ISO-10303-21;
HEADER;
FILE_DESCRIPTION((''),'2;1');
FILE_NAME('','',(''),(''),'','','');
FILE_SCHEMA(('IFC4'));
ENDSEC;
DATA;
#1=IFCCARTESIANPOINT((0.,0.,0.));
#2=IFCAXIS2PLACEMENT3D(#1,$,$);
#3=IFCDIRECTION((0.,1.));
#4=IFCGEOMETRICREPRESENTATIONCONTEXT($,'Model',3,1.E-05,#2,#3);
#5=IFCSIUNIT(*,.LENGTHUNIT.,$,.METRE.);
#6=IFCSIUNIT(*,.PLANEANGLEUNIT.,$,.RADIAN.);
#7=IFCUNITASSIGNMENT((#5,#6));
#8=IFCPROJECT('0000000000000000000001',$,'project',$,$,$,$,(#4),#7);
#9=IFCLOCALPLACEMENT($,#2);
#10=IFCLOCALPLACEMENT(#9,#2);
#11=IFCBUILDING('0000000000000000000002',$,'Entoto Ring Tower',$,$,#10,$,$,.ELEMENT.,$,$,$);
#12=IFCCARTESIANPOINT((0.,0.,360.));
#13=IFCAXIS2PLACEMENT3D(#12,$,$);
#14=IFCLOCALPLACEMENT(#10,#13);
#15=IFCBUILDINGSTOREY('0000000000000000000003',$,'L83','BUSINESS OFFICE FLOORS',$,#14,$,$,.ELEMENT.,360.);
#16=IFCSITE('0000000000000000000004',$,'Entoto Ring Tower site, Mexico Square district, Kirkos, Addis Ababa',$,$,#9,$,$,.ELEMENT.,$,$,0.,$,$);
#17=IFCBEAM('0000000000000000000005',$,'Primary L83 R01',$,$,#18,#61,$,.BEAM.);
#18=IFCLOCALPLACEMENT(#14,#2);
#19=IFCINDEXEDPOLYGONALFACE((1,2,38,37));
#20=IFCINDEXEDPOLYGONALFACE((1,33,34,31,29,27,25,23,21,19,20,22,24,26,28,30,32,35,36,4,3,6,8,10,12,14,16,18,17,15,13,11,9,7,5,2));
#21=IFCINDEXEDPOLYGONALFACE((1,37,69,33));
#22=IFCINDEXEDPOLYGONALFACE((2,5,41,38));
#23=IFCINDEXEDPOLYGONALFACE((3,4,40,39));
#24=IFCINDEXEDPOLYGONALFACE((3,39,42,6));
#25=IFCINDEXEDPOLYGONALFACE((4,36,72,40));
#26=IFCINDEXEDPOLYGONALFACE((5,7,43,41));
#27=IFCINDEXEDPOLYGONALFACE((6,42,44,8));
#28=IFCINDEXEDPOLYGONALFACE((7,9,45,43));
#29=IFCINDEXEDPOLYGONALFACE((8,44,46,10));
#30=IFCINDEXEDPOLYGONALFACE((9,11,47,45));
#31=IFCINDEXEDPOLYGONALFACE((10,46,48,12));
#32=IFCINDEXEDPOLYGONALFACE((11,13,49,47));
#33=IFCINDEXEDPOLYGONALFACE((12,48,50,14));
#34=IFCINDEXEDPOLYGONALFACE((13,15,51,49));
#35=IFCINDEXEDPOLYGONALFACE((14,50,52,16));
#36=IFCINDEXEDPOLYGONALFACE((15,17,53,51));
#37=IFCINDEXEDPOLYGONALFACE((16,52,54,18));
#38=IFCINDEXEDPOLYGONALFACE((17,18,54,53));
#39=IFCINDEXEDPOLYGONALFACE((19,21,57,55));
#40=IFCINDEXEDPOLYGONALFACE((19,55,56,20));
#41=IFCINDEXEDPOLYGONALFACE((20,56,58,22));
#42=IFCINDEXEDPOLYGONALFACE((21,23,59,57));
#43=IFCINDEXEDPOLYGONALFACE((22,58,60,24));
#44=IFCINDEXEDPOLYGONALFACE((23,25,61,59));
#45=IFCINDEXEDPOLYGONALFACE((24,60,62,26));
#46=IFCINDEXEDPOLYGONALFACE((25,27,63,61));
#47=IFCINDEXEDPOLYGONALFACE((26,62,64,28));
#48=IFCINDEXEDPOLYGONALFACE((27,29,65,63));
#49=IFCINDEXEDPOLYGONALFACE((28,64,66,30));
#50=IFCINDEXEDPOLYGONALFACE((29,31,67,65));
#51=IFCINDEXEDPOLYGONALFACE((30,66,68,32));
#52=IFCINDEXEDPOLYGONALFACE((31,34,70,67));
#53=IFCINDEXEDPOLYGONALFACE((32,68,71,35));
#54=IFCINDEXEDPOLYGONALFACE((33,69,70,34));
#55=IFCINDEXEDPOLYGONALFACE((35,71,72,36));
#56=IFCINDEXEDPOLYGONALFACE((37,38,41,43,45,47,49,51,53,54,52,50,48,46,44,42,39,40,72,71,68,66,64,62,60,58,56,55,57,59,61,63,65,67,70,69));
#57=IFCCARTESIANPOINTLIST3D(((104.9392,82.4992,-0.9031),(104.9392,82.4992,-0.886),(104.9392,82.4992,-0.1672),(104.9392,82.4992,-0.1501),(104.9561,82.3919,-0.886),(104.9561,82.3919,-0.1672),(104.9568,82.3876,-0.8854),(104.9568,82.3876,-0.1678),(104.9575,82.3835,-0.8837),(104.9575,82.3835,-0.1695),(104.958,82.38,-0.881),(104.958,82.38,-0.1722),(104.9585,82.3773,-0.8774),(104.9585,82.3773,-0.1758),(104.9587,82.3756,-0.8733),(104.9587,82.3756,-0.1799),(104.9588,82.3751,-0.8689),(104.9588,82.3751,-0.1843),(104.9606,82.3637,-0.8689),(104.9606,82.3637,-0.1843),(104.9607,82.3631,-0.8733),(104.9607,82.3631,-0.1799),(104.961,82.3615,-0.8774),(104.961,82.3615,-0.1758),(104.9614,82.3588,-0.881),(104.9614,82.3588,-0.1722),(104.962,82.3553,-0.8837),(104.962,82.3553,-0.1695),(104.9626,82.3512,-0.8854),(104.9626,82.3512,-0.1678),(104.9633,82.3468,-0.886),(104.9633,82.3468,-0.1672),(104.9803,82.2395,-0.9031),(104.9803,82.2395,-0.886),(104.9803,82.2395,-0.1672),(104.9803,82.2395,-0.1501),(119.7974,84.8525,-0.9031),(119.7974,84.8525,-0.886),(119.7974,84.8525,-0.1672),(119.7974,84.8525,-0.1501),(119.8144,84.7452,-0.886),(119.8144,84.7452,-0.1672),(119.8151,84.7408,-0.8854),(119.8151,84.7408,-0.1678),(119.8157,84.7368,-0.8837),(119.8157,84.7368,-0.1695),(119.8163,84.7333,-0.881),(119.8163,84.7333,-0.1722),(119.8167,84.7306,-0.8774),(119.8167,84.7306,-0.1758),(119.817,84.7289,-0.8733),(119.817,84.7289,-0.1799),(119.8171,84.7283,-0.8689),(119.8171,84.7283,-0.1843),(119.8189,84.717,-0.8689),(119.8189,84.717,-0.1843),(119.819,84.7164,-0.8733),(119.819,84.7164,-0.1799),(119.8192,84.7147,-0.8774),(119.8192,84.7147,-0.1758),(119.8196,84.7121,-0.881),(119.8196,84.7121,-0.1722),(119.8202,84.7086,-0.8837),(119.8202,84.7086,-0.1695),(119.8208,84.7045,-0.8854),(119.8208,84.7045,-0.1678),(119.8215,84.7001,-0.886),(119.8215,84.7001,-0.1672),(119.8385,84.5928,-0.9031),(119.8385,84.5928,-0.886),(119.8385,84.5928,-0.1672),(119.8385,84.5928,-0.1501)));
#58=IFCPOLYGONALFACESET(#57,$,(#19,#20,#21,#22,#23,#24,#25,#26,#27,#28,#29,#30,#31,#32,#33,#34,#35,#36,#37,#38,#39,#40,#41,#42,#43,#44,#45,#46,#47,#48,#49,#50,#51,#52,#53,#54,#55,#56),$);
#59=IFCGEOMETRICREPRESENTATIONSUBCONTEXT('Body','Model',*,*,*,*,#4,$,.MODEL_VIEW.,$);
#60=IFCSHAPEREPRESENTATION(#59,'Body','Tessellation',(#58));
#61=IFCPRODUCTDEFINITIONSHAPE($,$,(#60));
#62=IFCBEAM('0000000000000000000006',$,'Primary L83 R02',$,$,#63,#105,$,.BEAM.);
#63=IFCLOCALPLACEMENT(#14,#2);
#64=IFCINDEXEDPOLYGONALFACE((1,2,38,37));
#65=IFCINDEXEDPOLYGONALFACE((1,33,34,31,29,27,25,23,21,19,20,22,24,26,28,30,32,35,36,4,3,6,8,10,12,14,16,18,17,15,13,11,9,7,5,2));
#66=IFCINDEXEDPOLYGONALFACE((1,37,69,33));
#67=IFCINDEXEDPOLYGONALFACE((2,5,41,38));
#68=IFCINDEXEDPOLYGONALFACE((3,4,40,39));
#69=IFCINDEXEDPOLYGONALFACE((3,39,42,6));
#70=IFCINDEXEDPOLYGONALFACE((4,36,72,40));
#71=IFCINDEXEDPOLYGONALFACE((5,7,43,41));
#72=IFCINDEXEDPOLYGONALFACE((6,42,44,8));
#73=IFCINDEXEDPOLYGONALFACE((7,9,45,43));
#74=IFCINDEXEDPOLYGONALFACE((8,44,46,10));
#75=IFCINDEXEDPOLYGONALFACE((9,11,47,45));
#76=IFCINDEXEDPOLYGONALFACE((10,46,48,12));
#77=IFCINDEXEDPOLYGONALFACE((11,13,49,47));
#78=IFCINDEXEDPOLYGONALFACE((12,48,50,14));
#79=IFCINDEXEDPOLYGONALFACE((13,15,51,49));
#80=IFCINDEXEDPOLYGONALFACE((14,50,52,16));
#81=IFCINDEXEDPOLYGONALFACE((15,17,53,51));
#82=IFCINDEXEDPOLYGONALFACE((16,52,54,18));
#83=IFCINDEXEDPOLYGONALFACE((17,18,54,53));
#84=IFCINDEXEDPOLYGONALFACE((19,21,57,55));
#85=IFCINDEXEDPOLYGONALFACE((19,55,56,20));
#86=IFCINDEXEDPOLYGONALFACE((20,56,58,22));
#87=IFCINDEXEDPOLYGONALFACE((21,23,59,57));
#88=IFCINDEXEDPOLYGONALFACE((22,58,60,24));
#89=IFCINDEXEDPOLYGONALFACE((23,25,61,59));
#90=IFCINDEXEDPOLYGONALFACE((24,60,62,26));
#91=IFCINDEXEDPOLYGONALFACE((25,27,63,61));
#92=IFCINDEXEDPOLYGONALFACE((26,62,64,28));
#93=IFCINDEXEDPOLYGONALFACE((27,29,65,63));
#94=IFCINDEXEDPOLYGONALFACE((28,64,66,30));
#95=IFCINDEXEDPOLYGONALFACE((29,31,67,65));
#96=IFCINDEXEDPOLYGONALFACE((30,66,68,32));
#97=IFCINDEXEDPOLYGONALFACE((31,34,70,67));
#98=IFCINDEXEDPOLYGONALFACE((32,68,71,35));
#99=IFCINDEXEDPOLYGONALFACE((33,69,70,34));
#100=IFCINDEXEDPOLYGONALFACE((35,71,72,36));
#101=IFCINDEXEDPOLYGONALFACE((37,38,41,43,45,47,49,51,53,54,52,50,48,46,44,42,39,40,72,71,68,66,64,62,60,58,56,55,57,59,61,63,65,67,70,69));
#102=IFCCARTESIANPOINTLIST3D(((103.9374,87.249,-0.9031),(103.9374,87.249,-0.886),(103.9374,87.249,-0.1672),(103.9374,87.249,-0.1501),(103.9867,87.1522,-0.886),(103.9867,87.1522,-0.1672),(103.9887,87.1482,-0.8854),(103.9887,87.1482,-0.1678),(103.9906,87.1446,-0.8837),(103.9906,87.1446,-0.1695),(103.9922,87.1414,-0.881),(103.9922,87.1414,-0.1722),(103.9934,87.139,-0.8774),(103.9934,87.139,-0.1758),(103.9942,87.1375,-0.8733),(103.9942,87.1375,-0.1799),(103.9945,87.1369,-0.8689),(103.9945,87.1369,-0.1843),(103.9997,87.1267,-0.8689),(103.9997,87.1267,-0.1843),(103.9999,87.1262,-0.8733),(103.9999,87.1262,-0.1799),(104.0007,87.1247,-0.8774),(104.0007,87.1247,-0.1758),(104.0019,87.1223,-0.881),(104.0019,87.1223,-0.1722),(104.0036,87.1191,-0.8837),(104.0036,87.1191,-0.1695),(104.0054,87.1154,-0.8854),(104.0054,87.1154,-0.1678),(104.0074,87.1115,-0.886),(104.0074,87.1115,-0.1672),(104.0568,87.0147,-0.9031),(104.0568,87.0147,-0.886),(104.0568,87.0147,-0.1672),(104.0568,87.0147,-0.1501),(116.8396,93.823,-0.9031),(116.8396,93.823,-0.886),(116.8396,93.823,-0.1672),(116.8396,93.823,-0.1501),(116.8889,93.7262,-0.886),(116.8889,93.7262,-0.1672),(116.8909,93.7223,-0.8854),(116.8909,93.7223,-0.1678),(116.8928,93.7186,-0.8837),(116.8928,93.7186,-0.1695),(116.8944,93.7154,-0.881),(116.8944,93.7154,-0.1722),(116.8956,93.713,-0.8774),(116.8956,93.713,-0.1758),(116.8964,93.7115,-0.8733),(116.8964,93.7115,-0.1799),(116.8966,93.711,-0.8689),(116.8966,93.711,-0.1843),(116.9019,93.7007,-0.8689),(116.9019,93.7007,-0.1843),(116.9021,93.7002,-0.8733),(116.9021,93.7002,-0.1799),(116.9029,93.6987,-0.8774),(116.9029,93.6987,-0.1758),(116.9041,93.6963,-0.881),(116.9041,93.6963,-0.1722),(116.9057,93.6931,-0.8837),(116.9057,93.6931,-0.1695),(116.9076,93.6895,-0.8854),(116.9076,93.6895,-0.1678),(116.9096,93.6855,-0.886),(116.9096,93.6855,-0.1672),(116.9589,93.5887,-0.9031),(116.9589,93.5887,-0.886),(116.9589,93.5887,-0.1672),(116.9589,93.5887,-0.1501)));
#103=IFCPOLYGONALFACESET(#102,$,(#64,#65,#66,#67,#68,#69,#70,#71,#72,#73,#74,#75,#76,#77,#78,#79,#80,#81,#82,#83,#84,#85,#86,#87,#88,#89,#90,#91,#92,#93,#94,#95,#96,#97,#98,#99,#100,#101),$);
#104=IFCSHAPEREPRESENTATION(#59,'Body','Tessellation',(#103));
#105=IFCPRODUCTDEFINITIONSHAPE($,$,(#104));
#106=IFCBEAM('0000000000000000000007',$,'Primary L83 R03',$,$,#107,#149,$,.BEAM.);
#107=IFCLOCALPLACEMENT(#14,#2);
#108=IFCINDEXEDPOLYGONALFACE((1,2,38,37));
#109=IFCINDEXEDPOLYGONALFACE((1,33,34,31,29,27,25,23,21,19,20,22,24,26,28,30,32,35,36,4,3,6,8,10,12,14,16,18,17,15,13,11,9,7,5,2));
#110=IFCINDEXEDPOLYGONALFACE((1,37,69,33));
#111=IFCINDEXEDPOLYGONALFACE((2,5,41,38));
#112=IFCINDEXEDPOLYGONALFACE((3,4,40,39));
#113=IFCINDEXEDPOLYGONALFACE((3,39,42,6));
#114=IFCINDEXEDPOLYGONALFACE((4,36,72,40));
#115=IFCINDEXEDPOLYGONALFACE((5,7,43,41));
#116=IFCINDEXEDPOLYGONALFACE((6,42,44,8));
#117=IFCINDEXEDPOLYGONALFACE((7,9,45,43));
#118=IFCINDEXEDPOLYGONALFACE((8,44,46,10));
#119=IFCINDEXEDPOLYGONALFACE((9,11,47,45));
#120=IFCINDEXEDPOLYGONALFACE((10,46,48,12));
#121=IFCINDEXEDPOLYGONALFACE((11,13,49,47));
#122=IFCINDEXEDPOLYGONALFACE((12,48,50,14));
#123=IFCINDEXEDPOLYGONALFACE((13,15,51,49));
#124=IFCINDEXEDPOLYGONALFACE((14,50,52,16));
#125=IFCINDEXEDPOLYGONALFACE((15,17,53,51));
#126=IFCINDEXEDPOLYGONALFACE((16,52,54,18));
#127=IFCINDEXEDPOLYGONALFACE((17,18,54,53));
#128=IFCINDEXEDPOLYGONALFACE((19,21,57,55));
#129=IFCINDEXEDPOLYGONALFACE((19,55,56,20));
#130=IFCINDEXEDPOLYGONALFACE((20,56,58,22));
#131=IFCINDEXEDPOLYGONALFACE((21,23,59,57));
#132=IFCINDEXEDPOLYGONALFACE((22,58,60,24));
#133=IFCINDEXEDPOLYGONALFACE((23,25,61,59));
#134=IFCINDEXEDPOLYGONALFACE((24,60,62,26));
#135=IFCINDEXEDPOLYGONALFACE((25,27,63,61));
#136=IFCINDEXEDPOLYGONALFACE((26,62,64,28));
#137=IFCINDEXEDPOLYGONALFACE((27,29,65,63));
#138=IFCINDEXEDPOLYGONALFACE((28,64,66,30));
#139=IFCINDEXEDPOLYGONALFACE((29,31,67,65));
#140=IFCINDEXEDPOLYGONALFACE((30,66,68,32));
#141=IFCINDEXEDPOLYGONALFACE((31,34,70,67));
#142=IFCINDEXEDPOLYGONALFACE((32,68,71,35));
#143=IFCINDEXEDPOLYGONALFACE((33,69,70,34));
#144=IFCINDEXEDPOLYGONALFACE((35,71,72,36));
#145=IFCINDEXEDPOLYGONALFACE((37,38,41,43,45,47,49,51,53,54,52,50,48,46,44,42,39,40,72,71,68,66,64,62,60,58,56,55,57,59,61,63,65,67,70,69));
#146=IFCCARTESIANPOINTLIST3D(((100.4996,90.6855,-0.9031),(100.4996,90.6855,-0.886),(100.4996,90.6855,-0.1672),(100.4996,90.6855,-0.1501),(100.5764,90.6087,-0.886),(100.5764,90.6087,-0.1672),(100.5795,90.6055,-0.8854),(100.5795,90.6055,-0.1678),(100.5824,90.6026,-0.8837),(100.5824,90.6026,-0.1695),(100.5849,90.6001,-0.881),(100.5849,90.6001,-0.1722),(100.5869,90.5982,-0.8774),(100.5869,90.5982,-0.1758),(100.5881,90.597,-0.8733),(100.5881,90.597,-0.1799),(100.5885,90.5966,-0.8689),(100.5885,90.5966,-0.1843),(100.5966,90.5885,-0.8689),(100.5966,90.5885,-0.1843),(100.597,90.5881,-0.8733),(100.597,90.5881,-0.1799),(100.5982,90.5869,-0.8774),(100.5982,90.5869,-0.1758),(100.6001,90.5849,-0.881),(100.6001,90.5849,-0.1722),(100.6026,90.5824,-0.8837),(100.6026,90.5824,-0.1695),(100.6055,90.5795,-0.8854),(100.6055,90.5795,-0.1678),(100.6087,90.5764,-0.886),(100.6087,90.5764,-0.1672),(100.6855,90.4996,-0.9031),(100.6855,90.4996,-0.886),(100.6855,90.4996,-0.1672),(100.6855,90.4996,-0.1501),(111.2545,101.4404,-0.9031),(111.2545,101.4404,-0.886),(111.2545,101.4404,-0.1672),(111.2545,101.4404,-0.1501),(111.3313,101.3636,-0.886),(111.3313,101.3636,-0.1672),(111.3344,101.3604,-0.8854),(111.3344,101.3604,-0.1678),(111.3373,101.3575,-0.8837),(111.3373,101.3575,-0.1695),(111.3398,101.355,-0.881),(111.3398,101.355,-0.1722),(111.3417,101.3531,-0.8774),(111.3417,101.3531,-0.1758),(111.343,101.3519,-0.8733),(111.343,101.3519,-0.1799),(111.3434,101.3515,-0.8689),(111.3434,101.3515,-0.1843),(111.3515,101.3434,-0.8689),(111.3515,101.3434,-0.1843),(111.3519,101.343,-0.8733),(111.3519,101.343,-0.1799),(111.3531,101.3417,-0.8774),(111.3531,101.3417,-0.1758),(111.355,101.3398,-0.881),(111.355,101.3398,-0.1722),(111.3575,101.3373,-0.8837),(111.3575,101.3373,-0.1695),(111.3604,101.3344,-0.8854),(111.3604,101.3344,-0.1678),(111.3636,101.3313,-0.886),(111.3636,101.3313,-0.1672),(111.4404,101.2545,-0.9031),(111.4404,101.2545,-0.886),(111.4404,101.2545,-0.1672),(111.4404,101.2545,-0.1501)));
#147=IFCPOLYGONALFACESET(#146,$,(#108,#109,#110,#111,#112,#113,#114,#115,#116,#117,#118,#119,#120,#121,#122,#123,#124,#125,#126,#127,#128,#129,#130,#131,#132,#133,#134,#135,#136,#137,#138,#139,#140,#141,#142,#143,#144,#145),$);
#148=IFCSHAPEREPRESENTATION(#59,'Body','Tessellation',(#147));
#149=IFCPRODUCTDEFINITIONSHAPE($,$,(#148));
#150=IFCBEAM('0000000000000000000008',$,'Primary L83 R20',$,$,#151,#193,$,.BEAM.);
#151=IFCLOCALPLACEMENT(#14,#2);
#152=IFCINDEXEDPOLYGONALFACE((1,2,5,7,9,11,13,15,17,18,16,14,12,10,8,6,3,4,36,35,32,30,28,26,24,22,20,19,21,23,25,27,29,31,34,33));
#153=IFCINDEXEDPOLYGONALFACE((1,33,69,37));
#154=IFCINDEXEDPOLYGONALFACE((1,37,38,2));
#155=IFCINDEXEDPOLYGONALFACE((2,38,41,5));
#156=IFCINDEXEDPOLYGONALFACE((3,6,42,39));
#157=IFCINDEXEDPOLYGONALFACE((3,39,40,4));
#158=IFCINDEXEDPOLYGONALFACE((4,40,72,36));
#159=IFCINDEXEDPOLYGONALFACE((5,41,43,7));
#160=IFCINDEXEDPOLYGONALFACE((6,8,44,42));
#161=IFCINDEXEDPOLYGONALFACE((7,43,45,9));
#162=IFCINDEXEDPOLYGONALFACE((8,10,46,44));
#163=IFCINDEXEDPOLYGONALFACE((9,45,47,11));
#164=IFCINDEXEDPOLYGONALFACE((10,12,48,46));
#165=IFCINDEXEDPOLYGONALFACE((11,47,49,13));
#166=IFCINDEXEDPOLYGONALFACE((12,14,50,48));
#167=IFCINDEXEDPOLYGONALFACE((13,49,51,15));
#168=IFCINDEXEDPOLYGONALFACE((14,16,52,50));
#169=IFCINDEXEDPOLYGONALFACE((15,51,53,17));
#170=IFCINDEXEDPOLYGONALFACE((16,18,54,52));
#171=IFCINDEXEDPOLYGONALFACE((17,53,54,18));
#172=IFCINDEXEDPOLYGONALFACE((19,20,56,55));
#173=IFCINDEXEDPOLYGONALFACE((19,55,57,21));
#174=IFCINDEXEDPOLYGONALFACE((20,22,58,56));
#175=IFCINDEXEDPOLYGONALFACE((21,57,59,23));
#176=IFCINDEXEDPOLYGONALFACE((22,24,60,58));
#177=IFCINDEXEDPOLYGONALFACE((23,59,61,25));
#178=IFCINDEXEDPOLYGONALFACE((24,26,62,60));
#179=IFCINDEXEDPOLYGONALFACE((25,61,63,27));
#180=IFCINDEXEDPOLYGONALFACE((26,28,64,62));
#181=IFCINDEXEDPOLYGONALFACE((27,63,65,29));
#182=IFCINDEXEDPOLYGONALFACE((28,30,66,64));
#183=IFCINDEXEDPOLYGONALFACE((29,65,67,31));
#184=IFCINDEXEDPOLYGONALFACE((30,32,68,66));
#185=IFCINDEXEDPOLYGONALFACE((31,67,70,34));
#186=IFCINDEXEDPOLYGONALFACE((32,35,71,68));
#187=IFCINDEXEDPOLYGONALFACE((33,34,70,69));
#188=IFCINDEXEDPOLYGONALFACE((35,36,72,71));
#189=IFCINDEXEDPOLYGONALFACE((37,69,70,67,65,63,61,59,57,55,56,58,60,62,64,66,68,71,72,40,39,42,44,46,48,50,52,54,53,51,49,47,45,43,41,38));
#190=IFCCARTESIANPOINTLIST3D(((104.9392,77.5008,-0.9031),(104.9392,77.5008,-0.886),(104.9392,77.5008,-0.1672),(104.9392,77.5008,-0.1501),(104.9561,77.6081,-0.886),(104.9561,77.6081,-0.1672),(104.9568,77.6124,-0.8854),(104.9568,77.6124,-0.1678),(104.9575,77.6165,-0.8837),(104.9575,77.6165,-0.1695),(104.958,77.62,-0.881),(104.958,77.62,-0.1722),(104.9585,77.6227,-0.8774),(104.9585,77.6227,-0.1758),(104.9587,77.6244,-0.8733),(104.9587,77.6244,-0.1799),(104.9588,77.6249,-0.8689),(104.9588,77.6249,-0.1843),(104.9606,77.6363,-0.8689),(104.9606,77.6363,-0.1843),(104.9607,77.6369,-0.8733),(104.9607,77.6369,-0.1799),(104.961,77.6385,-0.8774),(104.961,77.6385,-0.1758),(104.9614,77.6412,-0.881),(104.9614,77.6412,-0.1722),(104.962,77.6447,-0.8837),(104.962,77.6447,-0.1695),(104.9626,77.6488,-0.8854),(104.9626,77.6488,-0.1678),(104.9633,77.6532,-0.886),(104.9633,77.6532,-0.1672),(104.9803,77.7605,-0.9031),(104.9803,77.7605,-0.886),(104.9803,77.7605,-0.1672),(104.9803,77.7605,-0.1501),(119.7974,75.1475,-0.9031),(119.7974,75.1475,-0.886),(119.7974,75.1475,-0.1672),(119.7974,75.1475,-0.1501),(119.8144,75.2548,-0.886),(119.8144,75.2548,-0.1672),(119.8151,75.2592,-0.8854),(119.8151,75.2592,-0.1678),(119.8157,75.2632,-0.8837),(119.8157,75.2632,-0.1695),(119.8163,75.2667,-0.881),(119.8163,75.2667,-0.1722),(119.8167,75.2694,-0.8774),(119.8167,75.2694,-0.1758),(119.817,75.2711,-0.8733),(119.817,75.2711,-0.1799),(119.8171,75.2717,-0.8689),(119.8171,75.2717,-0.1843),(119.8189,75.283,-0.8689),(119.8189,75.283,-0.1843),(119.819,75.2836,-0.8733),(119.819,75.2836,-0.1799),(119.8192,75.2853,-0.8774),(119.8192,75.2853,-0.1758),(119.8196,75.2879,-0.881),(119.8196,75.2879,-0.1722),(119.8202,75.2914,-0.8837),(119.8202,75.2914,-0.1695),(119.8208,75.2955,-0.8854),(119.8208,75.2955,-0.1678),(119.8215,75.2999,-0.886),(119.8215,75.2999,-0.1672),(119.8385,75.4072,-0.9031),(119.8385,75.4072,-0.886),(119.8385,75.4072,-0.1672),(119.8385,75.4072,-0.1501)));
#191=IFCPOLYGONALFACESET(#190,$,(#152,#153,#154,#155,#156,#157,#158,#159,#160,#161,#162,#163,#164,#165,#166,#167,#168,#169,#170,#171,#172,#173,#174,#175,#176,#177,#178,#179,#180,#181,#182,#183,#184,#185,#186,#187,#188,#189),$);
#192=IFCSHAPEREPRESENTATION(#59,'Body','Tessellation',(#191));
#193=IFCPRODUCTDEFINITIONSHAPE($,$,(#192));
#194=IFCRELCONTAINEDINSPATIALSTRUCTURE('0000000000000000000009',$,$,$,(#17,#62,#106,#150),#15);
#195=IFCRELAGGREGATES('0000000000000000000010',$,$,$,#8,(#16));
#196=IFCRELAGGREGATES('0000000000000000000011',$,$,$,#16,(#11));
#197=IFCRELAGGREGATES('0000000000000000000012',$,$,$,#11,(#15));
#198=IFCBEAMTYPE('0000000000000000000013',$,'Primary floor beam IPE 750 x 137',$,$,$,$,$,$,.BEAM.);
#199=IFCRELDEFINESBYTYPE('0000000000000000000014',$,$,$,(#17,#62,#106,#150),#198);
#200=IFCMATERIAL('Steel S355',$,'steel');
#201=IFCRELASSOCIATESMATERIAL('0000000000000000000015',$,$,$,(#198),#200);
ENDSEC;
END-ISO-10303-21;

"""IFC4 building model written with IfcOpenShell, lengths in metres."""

from ifc_helpers import new_model, si_unit, direction, frame, origin, origin_2d, place, context, subcontext, project, spatial, i_section, extrude, material, material_profile, profile_set, type_object, element, save


model = new_model("IFC4")

# Units and contexts
model_context = context("Model", 3, precision=1e-05, world=origin(), true_north=direction((0.0, 1.0)))
body_context = subcontext(model_context, "Body", "Model", "MODEL_VIEW")
ifc_project = project(units=[si_unit("LENGTHUNIT", "METRE"), si_unit("PLANEANGLEUNIT", "RADIAN")], contexts=[model_context])

# Site, building, storey
site_placement = place(None, origin())
site = spatial("IfcSite", under=ifc_project, at=site_placement, Name="Entoto Ring Tower site, Mexico Square district, Kirkos, Addis Ababa", CompositionType="ELEMENT", RefElevation=0.0)
building_placement = place(site_placement, origin())
building = spatial("IfcBuilding", under=site, at=building_placement, Name="Entoto Ring Tower", CompositionType="ELEMENT")
storey_placement = place(building_placement, frame((0.0, 0.0, 360.0)))
storey = spatial("IfcBuildingStorey", under=building, at=storey_placement, Name="L83", Description="BUSINESS OFFICE FLOORS", CompositionType="ELEMENT", Elevation=360.0)

# Beams
ifc_material_1 = material(Name="Steel S355", Category="steel")
ifc_material_profile_1 = material_profile(ifc_material_1, i_section(OverallWidth=0.2629, OverallDepth=0.7529, WebThickness=0.0115, FlangeThickness=0.0171, FilletRadius=0.0171, at=origin_2d()), Name="IPE 750 x 137")
ifc_profile_set_1 = profile_set([ifc_material_profile_1], Name="Steel S355")
beam_type_1 = type_object("IfcBeamType", Name="Primary floor beam IPE 750 x 137", PredefinedType="BEAM", material=ifc_profile_set_1)
beam_1_placement = place(storey_placement, frame((104.9597, 82.3694, -0.5266), z_axis=(0.987689, 0.156433, 0.0), x_axis=(-0.156433, 0.987689, 0.0)))
element("IfcBeam", 1, at=beam_1_placement, inside=storey, type_object=beam_type_1, Name="Primary L83 R01", PredefinedType="BEAM", context=body_context, shape_type="SweptSolid", body=[
    extrude(i_section(OverallWidth=0.2629, OverallDepth=0.7529, WebThickness=0.0115, FlangeThickness=0.0171, FilletRadius=0.0171, at=origin_2d()), origin(), (0.0, 0.0, 1.0), 15.0435),
])
beam_2_placement = place(storey_placement, frame((103.9971, 87.1318, -0.5266), z_axis=(0.891006, 0.453992, 0.0), x_axis=(-0.453992, 0.891006, 0.0)))
element("IfcBeam", 2, at=beam_2_placement, inside=storey, type_object=beam_type_1, Name="Primary L83 R02", PredefinedType="BEAM", context=body_context, shape_type="SweptSolid", body=[
    extrude(i_section(OverallWidth=0.2629, OverallDepth=0.7529, WebThickness=0.0115, FlangeThickness=0.0171, FilletRadius=0.0171, at=origin_2d()), origin(), (0.0, 0.0, 1.0), 14.4805),
])
beam_3_placement = place(storey_placement, frame((100.5925, 90.5925, -0.5266), z_axis=(0.707107, 0.707107, 0.0), x_axis=(-0.707107, 0.707107, 0.0)))
element("IfcBeam", 3, at=beam_3_placement, inside=storey, type_object=beam_type_1, Name="Primary L83 R03", PredefinedType="BEAM", context=body_context, shape_type="SweptSolid", body=[
    extrude(i_section(OverallWidth=0.2629, OverallDepth=0.7529, WebThickness=0.0115, FlangeThickness=0.0171, FilletRadius=0.0171, at=origin_2d()), origin(), (0.0, 0.0, 1.0), 15.2097),
])
beam_4_placement = place(storey_placement, frame((104.9597, 77.6306, -0.5266), z_axis=(0.987689, -0.156433, 0.0), x_axis=(0.156433, 0.987689, 0.0)))
element("IfcBeam", 4, at=beam_4_placement, inside=storey, type_object=beam_type_1, Name="Primary L83 R20", PredefinedType="BEAM", context=body_context, shape_type="SweptSolid", body=[
    extrude(i_section(OverallWidth=0.2629, OverallDepth=0.7529, WebThickness=0.0115, FlangeThickness=0.0171, FilletRadius=0.0171, at=origin_2d()), origin(), (0.0, 0.0, 1.0), 15.0435),
])

save(model, "model.ifc")
